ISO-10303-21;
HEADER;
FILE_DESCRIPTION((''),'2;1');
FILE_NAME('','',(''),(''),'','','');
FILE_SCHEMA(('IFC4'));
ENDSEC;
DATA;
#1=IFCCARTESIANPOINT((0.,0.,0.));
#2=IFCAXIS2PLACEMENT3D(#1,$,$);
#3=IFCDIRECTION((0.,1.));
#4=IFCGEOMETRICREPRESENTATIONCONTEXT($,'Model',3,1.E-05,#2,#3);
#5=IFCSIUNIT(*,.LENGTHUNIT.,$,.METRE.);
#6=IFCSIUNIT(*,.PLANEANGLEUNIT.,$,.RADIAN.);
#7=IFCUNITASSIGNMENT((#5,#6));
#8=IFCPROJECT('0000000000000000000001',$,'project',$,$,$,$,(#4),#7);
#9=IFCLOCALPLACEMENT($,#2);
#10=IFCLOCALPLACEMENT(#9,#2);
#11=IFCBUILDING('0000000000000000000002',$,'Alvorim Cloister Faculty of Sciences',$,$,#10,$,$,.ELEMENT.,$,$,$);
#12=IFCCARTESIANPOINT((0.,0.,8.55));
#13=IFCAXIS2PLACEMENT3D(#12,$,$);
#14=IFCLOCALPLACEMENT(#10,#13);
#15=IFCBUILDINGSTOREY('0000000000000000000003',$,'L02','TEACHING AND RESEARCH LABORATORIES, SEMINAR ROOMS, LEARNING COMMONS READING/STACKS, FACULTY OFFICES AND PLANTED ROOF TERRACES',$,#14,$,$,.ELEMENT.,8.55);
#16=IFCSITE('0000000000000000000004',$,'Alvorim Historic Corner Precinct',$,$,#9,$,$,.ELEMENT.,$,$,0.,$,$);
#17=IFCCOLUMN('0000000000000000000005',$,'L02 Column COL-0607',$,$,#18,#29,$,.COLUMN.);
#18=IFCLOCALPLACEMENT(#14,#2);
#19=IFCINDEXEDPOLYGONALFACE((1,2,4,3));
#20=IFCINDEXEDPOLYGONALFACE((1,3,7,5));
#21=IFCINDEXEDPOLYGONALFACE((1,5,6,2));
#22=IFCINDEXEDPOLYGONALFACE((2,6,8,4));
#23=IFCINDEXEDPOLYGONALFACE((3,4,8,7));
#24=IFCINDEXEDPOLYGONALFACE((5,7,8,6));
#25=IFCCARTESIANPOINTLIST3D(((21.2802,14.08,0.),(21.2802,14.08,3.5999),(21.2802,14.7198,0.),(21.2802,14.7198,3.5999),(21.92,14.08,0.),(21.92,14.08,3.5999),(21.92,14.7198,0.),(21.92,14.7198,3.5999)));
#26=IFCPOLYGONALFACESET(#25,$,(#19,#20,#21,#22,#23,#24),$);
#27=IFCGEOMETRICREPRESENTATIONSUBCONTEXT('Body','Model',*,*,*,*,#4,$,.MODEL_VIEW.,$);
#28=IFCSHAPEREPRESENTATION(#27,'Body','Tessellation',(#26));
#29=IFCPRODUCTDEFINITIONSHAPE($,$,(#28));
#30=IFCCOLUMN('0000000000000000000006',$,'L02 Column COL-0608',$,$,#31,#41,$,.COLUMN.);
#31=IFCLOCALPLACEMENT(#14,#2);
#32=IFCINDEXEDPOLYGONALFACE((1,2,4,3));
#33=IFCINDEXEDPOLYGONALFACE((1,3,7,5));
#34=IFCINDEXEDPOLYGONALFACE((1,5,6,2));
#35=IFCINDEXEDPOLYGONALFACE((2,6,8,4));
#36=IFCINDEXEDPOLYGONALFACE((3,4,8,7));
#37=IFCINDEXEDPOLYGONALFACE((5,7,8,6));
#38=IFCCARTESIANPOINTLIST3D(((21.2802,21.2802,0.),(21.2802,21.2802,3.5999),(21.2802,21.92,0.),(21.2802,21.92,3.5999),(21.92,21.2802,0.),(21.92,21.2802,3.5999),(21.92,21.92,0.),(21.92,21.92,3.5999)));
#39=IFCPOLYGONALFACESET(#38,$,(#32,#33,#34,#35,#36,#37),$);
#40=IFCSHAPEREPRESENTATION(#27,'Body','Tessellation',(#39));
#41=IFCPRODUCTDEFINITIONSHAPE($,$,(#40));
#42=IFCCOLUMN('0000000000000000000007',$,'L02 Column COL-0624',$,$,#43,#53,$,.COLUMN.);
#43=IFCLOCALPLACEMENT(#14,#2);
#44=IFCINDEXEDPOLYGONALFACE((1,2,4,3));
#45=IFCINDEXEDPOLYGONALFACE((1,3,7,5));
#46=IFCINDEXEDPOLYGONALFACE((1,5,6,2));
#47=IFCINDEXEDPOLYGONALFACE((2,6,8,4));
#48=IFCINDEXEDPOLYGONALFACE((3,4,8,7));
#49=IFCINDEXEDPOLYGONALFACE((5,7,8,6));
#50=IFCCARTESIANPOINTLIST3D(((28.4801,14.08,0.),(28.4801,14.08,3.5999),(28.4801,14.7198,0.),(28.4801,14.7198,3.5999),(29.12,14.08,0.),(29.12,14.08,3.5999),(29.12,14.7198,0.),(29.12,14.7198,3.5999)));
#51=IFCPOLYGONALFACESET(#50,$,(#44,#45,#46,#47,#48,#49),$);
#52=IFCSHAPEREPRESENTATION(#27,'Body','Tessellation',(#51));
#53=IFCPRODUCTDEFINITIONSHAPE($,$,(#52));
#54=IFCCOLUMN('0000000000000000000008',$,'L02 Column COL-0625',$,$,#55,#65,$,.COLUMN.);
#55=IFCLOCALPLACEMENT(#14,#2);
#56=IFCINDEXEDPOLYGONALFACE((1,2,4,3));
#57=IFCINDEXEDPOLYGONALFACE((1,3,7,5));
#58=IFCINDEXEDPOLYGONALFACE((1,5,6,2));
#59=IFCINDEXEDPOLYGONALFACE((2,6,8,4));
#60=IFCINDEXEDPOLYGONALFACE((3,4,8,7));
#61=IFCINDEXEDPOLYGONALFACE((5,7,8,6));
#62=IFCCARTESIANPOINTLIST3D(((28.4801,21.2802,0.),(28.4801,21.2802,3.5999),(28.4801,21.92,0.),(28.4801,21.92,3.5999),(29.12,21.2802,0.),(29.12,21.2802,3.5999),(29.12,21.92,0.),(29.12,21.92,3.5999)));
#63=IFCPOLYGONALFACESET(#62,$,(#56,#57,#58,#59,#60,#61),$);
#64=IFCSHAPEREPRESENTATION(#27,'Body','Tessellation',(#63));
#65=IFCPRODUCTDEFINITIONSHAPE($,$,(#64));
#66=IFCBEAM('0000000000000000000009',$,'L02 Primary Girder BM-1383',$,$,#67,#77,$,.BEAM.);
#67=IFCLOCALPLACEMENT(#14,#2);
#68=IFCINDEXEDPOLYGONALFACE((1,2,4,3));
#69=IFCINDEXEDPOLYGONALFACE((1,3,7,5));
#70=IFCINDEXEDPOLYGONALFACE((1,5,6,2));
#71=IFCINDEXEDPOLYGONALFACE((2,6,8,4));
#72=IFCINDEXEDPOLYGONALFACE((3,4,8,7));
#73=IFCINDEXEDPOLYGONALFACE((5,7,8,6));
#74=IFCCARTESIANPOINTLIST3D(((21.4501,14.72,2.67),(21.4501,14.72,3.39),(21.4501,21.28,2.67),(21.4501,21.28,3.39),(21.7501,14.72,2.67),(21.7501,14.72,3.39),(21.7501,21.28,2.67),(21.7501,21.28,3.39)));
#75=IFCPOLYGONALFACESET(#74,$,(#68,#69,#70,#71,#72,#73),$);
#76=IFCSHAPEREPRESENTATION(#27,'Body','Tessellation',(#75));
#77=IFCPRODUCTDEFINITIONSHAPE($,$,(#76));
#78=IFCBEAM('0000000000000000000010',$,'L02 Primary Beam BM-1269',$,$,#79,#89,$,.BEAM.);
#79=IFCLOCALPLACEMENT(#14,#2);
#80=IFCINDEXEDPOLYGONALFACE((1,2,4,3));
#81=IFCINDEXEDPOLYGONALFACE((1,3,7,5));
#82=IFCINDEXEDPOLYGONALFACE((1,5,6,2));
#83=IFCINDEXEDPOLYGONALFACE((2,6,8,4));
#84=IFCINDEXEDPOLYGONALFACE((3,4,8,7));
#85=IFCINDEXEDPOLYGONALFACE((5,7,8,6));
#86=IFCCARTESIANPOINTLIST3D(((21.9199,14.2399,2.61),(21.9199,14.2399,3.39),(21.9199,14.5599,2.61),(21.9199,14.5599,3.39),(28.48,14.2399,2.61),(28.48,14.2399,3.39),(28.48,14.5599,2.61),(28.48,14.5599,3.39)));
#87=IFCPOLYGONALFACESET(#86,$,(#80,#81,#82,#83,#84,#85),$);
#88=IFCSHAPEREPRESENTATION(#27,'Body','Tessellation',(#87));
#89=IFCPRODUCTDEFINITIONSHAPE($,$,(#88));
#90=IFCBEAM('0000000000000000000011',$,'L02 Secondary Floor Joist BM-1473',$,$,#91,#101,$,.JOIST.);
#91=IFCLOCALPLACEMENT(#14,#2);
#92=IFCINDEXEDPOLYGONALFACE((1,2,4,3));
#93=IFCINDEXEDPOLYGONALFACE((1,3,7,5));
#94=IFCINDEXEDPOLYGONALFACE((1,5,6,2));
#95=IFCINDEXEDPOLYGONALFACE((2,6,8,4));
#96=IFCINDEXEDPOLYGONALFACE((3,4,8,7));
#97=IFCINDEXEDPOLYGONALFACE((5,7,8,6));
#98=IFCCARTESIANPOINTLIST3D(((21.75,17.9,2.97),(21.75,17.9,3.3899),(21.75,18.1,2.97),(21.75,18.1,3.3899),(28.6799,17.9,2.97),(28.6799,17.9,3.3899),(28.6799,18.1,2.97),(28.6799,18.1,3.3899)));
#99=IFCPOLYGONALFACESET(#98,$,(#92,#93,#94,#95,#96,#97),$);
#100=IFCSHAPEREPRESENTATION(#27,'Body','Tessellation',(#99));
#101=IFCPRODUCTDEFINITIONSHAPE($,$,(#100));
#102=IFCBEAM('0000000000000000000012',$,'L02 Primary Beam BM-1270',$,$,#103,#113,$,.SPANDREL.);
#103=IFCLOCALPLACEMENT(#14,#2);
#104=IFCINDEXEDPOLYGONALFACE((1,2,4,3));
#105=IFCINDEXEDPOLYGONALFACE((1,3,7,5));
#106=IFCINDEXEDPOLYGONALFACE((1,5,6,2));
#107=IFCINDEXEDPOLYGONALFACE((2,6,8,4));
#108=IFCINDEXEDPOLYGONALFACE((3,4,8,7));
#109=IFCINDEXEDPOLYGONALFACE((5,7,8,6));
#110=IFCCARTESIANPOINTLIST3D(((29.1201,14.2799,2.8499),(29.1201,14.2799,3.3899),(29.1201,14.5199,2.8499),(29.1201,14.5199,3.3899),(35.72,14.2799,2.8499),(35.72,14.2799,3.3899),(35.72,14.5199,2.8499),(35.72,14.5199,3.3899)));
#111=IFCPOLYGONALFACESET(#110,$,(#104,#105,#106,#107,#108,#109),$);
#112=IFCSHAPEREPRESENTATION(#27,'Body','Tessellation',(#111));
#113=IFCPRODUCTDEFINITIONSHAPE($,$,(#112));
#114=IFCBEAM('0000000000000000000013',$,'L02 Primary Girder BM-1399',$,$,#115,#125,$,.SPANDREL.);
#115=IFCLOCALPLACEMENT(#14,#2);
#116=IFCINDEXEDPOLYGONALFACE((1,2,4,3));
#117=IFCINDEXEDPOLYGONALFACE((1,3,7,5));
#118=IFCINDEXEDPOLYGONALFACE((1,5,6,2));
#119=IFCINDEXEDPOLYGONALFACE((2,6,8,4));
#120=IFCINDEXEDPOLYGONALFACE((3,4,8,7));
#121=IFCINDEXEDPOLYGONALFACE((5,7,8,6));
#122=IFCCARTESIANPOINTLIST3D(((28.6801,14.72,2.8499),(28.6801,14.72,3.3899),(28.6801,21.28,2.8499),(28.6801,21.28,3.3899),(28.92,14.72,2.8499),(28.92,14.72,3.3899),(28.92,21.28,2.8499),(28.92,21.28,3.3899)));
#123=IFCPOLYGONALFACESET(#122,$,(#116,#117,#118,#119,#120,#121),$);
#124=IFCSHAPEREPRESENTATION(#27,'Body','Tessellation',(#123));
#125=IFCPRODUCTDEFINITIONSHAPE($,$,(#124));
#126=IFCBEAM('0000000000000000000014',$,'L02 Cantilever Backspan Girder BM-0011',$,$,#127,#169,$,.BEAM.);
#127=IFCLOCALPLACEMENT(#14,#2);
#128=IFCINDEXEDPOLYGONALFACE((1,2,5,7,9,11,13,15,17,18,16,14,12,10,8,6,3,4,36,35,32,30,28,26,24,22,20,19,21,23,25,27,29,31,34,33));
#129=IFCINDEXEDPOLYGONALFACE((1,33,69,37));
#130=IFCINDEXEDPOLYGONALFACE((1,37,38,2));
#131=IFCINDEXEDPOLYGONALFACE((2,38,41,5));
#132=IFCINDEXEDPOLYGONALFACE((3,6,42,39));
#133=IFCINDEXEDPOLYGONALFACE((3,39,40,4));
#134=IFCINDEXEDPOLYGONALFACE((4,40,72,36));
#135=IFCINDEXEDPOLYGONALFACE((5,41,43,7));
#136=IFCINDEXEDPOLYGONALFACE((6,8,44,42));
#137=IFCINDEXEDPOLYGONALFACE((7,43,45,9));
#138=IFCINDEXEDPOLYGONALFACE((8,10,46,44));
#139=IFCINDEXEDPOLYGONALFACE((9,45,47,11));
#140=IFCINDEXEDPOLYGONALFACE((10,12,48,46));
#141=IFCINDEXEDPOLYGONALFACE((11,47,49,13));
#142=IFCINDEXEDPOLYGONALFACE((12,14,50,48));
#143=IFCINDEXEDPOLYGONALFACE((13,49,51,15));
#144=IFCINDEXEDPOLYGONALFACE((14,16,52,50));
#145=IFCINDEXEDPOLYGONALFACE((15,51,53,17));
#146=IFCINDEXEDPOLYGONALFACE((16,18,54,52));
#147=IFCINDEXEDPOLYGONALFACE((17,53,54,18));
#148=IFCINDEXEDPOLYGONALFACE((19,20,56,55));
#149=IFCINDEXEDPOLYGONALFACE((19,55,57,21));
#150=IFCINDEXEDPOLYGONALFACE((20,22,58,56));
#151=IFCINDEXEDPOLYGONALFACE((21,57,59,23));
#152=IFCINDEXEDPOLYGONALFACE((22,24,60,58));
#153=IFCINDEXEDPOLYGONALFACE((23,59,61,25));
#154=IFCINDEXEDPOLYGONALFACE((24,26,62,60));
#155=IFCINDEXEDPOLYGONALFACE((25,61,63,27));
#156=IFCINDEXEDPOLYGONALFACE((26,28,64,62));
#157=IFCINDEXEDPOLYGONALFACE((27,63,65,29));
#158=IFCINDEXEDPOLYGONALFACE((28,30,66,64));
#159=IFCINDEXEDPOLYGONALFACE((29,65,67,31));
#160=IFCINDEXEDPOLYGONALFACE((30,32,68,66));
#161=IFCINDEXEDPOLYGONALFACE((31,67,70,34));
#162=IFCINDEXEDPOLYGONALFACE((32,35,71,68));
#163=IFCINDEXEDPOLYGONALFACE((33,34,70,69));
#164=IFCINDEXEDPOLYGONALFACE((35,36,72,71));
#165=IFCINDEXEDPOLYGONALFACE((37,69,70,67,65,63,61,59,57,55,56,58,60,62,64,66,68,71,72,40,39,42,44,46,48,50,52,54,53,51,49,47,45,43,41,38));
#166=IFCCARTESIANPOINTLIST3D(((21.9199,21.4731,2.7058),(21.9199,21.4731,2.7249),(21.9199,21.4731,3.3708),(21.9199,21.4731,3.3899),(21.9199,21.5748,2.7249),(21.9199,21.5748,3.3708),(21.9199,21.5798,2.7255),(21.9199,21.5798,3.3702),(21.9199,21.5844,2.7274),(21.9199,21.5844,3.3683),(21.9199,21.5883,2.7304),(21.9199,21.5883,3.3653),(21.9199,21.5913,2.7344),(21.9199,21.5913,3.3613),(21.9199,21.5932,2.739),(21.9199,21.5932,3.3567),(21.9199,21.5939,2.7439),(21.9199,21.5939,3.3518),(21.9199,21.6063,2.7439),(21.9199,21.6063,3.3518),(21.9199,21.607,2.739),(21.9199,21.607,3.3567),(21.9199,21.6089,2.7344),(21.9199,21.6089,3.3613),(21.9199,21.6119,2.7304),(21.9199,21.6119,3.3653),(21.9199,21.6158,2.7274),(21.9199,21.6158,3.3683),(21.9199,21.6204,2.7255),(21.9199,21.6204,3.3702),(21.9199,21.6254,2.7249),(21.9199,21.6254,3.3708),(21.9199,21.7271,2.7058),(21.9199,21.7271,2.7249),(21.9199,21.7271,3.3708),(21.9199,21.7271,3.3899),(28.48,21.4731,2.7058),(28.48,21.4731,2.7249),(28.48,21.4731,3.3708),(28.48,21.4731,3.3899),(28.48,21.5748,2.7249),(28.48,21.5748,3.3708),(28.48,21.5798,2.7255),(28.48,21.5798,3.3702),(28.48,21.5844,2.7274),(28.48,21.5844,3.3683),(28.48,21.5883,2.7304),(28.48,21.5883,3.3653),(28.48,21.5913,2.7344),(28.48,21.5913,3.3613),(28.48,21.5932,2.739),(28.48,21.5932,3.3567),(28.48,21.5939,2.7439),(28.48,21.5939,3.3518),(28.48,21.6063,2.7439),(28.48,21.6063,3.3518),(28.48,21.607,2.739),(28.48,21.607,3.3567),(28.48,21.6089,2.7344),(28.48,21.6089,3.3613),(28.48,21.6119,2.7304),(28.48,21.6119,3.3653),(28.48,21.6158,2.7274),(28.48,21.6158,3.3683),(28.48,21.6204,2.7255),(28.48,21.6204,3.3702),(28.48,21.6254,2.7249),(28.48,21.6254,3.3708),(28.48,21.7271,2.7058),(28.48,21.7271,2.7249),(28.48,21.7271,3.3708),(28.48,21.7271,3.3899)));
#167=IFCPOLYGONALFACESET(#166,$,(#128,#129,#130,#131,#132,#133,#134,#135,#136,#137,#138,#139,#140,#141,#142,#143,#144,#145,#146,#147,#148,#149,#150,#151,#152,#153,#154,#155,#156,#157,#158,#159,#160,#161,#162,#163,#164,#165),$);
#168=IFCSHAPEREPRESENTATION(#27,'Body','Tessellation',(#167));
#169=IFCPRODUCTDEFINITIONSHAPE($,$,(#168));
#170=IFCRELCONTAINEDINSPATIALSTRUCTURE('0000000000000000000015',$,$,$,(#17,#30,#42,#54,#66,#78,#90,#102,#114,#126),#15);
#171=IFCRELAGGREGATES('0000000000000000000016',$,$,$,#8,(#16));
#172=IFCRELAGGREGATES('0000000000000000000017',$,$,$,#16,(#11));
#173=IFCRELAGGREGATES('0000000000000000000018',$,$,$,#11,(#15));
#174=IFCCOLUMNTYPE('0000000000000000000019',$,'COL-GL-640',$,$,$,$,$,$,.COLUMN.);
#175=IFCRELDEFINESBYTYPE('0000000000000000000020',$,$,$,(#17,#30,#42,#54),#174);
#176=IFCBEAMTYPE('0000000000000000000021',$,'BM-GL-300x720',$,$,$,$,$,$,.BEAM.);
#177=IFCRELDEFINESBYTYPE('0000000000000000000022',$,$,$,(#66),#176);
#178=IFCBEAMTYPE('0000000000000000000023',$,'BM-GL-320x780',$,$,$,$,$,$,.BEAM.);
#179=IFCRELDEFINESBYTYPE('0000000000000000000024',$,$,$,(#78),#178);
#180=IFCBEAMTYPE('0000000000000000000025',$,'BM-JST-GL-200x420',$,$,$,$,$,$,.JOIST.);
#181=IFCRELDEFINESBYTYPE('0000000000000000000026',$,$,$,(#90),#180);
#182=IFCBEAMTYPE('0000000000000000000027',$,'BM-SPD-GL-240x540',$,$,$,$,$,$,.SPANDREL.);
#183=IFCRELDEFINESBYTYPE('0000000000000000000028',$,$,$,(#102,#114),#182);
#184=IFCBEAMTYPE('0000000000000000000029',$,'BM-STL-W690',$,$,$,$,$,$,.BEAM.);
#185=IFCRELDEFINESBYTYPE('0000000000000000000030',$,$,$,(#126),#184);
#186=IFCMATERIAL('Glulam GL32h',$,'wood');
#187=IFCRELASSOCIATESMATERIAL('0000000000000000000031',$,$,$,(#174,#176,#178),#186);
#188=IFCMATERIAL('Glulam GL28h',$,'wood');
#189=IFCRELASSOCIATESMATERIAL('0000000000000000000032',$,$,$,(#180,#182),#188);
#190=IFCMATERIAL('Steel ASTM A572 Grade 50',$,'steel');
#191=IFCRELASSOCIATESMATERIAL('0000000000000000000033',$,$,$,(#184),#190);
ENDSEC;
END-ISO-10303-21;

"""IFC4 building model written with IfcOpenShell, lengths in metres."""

from ifc_helpers import new_model, si_unit, direction, frame, origin, origin_2d, place, context, subcontext, project, spatial, rectangle, i_section, extrude, material, material_profile, profile_set, type_object, element, save


model = new_model("IFC4")

# Units and contexts
model_context = context("Model", 3, precision=1e-05, world=origin(), true_north=direction((0.0, 1.0)))
body_context = subcontext(model_context, "Body", "Model", "MODEL_VIEW")
ifc_project = project(units=[si_unit("LENGTHUNIT", "METRE"), si_unit("PLANEANGLEUNIT", "RADIAN")], contexts=[model_context])

# Site, building, storey
site_placement = place(None, origin())
site = spatial("IfcSite", under=ifc_project, at=site_placement, Name="Alvorim Historic Corner Precinct", CompositionType="ELEMENT", RefElevation=0.0)
building_placement = place(site_placement, origin())
building = spatial("IfcBuilding", under=site, at=building_placement, Name="Alvorim Cloister Faculty of Sciences", CompositionType="ELEMENT")
storey_placement = place(building_placement, frame((0.0, 0.0, 8.55)))
storey = spatial("IfcBuildingStorey", under=building, at=storey_placement, Name="L02", Description="TEACHING AND RESEARCH LABORATORIES, SEMINAR ROOMS, LEARNING COMMONS READING/STACKS, FACULTY OFFICES AND PLANTED ROOF TERRACES", CompositionType="ELEMENT", Elevation=8.55)

# Columns
ifc_material_1 = material(Name="Glulam GL32h", Category="wood")
ifc_material_profile_1 = material_profile(ifc_material_1, rectangle(XDim=0.6399, YDim=0.6399, at=origin_2d()), Name="GL32-COL-640x640")
ifc_profile_set_1 = profile_set([ifc_material_profile_1], Name="Glulam GL32h")
column_type = type_object("IfcColumnType", Name="COL-GL-640", PredefinedType="COLUMN", material=ifc_profile_set_1)
for number, where, z_axis, x_axis, name in (
    (1, (21.6001, 14.3999, 0.0), (0.0, 0.0, 1.0), (1.0, 0.0, 0.0), "L02 Column COL-0607"),
    (2, (21.6001, 21.6001, 0.0), (0.0, 0.0, 1.0), (1.0, 0.0, 0.0), "L02 Column COL-0608"),
    (3, (28.8, 14.3999, 0.0), (0.0, 0.0, 1.0), (1.0, 0.0, 0.0), "L02 Column COL-0624"),
    (4, (28.8, 21.6001, 0.0), (0.0, 0.0, 1.0), (1.0, 0.0, 0.0), "L02 Column COL-0625"),
):
    element("IfcColumn", number, at=place(storey_placement, frame(where, z_axis=z_axis, x_axis=x_axis)), inside=storey, type_object=column_type, Name=name, PredefinedType="COLUMN", context=body_context, shape_type="SweptSolid", body=[
        extrude(rectangle(XDim=0.6399, YDim=0.6399, at=origin_2d()), origin(), (0.0, 0.0, 1.0), 3.5999),
    ])

# Beams
ifc_material_profile_2 = material_profile(ifc_material_1, rectangle(XDim=0.3, YDim=0.72, at=origin_2d()), Name="GL32-BM-300x720")
ifc_profile_set_2 = profile_set([ifc_material_profile_2], Name="Glulam GL32h")
beam_type_1 = type_object("IfcBeamType", Name="BM-GL-300x720", PredefinedType="BEAM", material=ifc_profile_set_2)
beam_1_placement = place(storey_placement, frame((21.6001, 14.72, 3.03), z_axis=(0.0, 1.0, 0.0), x_axis=(-1.0, 0.0, 0.0)))
element("IfcBeam", 5, at=beam_1_placement, inside=storey, type_object=beam_type_1, Name="L02 Primary Girder BM-1383", PredefinedType="BEAM", context=body_context, shape_type="SweptSolid", body=[
    extrude(rectangle(XDim=0.3, YDim=0.72, at=origin_2d()), origin(), (0.0, 0.0, 1.0), 6.5601),
])
ifc_material_profile_3 = material_profile(ifc_material_1, rectangle(XDim=0.3201, YDim=0.78, at=origin_2d()), Name="GL32-BM-320x780")
ifc_profile_set_3 = profile_set([ifc_material_profile_3], Name="Glulam GL32h")
beam_type_2 = type_object("IfcBeamType", Name="BM-GL-320x780", PredefinedType="BEAM", material=ifc_profile_set_3)
beam_2_placement = place(storey_placement, frame((21.9199, 14.3999, 3.0), z_axis=(1.0, 0.0, 0.0), x_axis=(0.0, 1.0, 0.0)))
element("IfcBeam", 6, at=beam_2_placement, inside=storey, type_object=beam_type_2, Name="L02 Primary Beam BM-1269", PredefinedType="BEAM", context=body_context, shape_type="SweptSolid", body=[
    extrude(rectangle(XDim=0.3201, YDim=0.78, at=origin_2d()), origin(), (0.0, 0.0, 1.0), 6.5601),
])
ifc_material_2 = material(Name="Glulam GL28h", Category="wood")
ifc_material_profile_4 = material_profile(ifc_material_2, rectangle(XDim=0.2, YDim=0.4199, at=origin_2d()), Name="GL28-JST-200x420")
ifc_profile_set_4 = profile_set([ifc_material_profile_4], Name="Glulam GL28h")
beam_type_3 = type_object("IfcBeamType", Name="BM-JST-GL-200x420", PredefinedType="JOIST", material=ifc_profile_set_4)
beam_3_placement = place(storey_placement, frame((21.75, 18.0, 3.1799), z_axis=(1.0, 0.0, 0.0), x_axis=(0.0, 1.0, 0.0)))
element("IfcBeam", 7, at=beam_3_placement, inside=storey, type_object=beam_type_3, Name="L02 Secondary Floor Joist BM-1473", PredefinedType="JOIST", context=body_context, shape_type="SweptSolid", body=[
    extrude(rectangle(XDim=0.2, YDim=0.4199, at=origin_2d()), origin(), (0.0, 0.0, 1.0), 6.9299),
])
ifc_material_profile_5 = material_profile(ifc_material_2, rectangle(XDim=0.24, YDim=0.54, at=origin_2d()), Name="GL28-SPD-240x540")
ifc_profile_set_5 = profile_set([ifc_material_profile_5], Name="Glulam GL28h")
beam_type_4 = type_object("IfcBeamType", Name="BM-SPD-GL-240x540", PredefinedType="SPANDREL", material=ifc_profile_set_5)
beam_4_placement = place(storey_placement, frame((29.1201, 14.3999, 3.1199), z_axis=(1.0, 0.0, 0.0), x_axis=(0.0, 1.0, 0.0)))
element("IfcBeam", 8, at=beam_4_placement, inside=storey, type_object=beam_type_4, Name="L02 Primary Beam BM-1270", PredefinedType="SPANDREL", context=body_context, shape_type="SweptSolid", body=[
    extrude(rectangle(XDim=0.24, YDim=0.54, at=origin_2d()), origin(), (0.0, 0.0, 1.0), 6.5999),
])
beam_5_placement = place(storey_placement, frame((28.8, 14.72, 3.1199), z_axis=(0.0, 1.0, 0.0), x_axis=(-1.0, 0.0, 0.0)))
element("IfcBeam", 9, at=beam_5_placement, inside=storey, type_object=beam_type_4, Name="L02 Primary Girder BM-1399", PredefinedType="SPANDREL", context=body_context, shape_type="SweptSolid", body=[
    extrude(rectangle(XDim=0.24, YDim=0.54, at=origin_2d()), origin(), (0.0, 0.0, 1.0), 6.5601),
])
ifc_material_3 = material(Name="Steel ASTM A572 Grade 50", Category="steel")
ifc_material_profile_6 = material_profile(ifc_material_3, i_section(OverallWidth=0.2539, OverallDepth=0.6841, WebThickness=0.0125, FlangeThickness=0.019, FilletRadius=0.019, at=origin_2d()), Name="W690x140.0")
ifc_profile_set_6 = profile_set([ifc_material_profile_6], Name="Steel ASTM A572 Grade 50")
beam_type_5 = type_object("IfcBeamType", Name="BM-STL-W690", PredefinedType="BEAM", material=ifc_profile_set_6)
beam_6_placement = place(storey_placement, frame((21.9199, 21.6001, 3.0479), z_axis=(1.0, 0.0, 0.0), x_axis=(0.0, 1.0, 0.0)))
element("IfcBeam", 10, at=beam_6_placement, inside=storey, type_object=beam_type_5, Name="L02 Cantilever Backspan Girder BM-0011", PredefinedType="BEAM", context=body_context, shape_type="SweptSolid", body=[
    extrude(i_section(OverallWidth=0.2539, OverallDepth=0.6841, WebThickness=0.0125, FlangeThickness=0.019, FilletRadius=0.019, at=origin_2d()), origin(), (0.0, 0.0, 1.0), 6.5601),
])

save(model, "model.ifc")
